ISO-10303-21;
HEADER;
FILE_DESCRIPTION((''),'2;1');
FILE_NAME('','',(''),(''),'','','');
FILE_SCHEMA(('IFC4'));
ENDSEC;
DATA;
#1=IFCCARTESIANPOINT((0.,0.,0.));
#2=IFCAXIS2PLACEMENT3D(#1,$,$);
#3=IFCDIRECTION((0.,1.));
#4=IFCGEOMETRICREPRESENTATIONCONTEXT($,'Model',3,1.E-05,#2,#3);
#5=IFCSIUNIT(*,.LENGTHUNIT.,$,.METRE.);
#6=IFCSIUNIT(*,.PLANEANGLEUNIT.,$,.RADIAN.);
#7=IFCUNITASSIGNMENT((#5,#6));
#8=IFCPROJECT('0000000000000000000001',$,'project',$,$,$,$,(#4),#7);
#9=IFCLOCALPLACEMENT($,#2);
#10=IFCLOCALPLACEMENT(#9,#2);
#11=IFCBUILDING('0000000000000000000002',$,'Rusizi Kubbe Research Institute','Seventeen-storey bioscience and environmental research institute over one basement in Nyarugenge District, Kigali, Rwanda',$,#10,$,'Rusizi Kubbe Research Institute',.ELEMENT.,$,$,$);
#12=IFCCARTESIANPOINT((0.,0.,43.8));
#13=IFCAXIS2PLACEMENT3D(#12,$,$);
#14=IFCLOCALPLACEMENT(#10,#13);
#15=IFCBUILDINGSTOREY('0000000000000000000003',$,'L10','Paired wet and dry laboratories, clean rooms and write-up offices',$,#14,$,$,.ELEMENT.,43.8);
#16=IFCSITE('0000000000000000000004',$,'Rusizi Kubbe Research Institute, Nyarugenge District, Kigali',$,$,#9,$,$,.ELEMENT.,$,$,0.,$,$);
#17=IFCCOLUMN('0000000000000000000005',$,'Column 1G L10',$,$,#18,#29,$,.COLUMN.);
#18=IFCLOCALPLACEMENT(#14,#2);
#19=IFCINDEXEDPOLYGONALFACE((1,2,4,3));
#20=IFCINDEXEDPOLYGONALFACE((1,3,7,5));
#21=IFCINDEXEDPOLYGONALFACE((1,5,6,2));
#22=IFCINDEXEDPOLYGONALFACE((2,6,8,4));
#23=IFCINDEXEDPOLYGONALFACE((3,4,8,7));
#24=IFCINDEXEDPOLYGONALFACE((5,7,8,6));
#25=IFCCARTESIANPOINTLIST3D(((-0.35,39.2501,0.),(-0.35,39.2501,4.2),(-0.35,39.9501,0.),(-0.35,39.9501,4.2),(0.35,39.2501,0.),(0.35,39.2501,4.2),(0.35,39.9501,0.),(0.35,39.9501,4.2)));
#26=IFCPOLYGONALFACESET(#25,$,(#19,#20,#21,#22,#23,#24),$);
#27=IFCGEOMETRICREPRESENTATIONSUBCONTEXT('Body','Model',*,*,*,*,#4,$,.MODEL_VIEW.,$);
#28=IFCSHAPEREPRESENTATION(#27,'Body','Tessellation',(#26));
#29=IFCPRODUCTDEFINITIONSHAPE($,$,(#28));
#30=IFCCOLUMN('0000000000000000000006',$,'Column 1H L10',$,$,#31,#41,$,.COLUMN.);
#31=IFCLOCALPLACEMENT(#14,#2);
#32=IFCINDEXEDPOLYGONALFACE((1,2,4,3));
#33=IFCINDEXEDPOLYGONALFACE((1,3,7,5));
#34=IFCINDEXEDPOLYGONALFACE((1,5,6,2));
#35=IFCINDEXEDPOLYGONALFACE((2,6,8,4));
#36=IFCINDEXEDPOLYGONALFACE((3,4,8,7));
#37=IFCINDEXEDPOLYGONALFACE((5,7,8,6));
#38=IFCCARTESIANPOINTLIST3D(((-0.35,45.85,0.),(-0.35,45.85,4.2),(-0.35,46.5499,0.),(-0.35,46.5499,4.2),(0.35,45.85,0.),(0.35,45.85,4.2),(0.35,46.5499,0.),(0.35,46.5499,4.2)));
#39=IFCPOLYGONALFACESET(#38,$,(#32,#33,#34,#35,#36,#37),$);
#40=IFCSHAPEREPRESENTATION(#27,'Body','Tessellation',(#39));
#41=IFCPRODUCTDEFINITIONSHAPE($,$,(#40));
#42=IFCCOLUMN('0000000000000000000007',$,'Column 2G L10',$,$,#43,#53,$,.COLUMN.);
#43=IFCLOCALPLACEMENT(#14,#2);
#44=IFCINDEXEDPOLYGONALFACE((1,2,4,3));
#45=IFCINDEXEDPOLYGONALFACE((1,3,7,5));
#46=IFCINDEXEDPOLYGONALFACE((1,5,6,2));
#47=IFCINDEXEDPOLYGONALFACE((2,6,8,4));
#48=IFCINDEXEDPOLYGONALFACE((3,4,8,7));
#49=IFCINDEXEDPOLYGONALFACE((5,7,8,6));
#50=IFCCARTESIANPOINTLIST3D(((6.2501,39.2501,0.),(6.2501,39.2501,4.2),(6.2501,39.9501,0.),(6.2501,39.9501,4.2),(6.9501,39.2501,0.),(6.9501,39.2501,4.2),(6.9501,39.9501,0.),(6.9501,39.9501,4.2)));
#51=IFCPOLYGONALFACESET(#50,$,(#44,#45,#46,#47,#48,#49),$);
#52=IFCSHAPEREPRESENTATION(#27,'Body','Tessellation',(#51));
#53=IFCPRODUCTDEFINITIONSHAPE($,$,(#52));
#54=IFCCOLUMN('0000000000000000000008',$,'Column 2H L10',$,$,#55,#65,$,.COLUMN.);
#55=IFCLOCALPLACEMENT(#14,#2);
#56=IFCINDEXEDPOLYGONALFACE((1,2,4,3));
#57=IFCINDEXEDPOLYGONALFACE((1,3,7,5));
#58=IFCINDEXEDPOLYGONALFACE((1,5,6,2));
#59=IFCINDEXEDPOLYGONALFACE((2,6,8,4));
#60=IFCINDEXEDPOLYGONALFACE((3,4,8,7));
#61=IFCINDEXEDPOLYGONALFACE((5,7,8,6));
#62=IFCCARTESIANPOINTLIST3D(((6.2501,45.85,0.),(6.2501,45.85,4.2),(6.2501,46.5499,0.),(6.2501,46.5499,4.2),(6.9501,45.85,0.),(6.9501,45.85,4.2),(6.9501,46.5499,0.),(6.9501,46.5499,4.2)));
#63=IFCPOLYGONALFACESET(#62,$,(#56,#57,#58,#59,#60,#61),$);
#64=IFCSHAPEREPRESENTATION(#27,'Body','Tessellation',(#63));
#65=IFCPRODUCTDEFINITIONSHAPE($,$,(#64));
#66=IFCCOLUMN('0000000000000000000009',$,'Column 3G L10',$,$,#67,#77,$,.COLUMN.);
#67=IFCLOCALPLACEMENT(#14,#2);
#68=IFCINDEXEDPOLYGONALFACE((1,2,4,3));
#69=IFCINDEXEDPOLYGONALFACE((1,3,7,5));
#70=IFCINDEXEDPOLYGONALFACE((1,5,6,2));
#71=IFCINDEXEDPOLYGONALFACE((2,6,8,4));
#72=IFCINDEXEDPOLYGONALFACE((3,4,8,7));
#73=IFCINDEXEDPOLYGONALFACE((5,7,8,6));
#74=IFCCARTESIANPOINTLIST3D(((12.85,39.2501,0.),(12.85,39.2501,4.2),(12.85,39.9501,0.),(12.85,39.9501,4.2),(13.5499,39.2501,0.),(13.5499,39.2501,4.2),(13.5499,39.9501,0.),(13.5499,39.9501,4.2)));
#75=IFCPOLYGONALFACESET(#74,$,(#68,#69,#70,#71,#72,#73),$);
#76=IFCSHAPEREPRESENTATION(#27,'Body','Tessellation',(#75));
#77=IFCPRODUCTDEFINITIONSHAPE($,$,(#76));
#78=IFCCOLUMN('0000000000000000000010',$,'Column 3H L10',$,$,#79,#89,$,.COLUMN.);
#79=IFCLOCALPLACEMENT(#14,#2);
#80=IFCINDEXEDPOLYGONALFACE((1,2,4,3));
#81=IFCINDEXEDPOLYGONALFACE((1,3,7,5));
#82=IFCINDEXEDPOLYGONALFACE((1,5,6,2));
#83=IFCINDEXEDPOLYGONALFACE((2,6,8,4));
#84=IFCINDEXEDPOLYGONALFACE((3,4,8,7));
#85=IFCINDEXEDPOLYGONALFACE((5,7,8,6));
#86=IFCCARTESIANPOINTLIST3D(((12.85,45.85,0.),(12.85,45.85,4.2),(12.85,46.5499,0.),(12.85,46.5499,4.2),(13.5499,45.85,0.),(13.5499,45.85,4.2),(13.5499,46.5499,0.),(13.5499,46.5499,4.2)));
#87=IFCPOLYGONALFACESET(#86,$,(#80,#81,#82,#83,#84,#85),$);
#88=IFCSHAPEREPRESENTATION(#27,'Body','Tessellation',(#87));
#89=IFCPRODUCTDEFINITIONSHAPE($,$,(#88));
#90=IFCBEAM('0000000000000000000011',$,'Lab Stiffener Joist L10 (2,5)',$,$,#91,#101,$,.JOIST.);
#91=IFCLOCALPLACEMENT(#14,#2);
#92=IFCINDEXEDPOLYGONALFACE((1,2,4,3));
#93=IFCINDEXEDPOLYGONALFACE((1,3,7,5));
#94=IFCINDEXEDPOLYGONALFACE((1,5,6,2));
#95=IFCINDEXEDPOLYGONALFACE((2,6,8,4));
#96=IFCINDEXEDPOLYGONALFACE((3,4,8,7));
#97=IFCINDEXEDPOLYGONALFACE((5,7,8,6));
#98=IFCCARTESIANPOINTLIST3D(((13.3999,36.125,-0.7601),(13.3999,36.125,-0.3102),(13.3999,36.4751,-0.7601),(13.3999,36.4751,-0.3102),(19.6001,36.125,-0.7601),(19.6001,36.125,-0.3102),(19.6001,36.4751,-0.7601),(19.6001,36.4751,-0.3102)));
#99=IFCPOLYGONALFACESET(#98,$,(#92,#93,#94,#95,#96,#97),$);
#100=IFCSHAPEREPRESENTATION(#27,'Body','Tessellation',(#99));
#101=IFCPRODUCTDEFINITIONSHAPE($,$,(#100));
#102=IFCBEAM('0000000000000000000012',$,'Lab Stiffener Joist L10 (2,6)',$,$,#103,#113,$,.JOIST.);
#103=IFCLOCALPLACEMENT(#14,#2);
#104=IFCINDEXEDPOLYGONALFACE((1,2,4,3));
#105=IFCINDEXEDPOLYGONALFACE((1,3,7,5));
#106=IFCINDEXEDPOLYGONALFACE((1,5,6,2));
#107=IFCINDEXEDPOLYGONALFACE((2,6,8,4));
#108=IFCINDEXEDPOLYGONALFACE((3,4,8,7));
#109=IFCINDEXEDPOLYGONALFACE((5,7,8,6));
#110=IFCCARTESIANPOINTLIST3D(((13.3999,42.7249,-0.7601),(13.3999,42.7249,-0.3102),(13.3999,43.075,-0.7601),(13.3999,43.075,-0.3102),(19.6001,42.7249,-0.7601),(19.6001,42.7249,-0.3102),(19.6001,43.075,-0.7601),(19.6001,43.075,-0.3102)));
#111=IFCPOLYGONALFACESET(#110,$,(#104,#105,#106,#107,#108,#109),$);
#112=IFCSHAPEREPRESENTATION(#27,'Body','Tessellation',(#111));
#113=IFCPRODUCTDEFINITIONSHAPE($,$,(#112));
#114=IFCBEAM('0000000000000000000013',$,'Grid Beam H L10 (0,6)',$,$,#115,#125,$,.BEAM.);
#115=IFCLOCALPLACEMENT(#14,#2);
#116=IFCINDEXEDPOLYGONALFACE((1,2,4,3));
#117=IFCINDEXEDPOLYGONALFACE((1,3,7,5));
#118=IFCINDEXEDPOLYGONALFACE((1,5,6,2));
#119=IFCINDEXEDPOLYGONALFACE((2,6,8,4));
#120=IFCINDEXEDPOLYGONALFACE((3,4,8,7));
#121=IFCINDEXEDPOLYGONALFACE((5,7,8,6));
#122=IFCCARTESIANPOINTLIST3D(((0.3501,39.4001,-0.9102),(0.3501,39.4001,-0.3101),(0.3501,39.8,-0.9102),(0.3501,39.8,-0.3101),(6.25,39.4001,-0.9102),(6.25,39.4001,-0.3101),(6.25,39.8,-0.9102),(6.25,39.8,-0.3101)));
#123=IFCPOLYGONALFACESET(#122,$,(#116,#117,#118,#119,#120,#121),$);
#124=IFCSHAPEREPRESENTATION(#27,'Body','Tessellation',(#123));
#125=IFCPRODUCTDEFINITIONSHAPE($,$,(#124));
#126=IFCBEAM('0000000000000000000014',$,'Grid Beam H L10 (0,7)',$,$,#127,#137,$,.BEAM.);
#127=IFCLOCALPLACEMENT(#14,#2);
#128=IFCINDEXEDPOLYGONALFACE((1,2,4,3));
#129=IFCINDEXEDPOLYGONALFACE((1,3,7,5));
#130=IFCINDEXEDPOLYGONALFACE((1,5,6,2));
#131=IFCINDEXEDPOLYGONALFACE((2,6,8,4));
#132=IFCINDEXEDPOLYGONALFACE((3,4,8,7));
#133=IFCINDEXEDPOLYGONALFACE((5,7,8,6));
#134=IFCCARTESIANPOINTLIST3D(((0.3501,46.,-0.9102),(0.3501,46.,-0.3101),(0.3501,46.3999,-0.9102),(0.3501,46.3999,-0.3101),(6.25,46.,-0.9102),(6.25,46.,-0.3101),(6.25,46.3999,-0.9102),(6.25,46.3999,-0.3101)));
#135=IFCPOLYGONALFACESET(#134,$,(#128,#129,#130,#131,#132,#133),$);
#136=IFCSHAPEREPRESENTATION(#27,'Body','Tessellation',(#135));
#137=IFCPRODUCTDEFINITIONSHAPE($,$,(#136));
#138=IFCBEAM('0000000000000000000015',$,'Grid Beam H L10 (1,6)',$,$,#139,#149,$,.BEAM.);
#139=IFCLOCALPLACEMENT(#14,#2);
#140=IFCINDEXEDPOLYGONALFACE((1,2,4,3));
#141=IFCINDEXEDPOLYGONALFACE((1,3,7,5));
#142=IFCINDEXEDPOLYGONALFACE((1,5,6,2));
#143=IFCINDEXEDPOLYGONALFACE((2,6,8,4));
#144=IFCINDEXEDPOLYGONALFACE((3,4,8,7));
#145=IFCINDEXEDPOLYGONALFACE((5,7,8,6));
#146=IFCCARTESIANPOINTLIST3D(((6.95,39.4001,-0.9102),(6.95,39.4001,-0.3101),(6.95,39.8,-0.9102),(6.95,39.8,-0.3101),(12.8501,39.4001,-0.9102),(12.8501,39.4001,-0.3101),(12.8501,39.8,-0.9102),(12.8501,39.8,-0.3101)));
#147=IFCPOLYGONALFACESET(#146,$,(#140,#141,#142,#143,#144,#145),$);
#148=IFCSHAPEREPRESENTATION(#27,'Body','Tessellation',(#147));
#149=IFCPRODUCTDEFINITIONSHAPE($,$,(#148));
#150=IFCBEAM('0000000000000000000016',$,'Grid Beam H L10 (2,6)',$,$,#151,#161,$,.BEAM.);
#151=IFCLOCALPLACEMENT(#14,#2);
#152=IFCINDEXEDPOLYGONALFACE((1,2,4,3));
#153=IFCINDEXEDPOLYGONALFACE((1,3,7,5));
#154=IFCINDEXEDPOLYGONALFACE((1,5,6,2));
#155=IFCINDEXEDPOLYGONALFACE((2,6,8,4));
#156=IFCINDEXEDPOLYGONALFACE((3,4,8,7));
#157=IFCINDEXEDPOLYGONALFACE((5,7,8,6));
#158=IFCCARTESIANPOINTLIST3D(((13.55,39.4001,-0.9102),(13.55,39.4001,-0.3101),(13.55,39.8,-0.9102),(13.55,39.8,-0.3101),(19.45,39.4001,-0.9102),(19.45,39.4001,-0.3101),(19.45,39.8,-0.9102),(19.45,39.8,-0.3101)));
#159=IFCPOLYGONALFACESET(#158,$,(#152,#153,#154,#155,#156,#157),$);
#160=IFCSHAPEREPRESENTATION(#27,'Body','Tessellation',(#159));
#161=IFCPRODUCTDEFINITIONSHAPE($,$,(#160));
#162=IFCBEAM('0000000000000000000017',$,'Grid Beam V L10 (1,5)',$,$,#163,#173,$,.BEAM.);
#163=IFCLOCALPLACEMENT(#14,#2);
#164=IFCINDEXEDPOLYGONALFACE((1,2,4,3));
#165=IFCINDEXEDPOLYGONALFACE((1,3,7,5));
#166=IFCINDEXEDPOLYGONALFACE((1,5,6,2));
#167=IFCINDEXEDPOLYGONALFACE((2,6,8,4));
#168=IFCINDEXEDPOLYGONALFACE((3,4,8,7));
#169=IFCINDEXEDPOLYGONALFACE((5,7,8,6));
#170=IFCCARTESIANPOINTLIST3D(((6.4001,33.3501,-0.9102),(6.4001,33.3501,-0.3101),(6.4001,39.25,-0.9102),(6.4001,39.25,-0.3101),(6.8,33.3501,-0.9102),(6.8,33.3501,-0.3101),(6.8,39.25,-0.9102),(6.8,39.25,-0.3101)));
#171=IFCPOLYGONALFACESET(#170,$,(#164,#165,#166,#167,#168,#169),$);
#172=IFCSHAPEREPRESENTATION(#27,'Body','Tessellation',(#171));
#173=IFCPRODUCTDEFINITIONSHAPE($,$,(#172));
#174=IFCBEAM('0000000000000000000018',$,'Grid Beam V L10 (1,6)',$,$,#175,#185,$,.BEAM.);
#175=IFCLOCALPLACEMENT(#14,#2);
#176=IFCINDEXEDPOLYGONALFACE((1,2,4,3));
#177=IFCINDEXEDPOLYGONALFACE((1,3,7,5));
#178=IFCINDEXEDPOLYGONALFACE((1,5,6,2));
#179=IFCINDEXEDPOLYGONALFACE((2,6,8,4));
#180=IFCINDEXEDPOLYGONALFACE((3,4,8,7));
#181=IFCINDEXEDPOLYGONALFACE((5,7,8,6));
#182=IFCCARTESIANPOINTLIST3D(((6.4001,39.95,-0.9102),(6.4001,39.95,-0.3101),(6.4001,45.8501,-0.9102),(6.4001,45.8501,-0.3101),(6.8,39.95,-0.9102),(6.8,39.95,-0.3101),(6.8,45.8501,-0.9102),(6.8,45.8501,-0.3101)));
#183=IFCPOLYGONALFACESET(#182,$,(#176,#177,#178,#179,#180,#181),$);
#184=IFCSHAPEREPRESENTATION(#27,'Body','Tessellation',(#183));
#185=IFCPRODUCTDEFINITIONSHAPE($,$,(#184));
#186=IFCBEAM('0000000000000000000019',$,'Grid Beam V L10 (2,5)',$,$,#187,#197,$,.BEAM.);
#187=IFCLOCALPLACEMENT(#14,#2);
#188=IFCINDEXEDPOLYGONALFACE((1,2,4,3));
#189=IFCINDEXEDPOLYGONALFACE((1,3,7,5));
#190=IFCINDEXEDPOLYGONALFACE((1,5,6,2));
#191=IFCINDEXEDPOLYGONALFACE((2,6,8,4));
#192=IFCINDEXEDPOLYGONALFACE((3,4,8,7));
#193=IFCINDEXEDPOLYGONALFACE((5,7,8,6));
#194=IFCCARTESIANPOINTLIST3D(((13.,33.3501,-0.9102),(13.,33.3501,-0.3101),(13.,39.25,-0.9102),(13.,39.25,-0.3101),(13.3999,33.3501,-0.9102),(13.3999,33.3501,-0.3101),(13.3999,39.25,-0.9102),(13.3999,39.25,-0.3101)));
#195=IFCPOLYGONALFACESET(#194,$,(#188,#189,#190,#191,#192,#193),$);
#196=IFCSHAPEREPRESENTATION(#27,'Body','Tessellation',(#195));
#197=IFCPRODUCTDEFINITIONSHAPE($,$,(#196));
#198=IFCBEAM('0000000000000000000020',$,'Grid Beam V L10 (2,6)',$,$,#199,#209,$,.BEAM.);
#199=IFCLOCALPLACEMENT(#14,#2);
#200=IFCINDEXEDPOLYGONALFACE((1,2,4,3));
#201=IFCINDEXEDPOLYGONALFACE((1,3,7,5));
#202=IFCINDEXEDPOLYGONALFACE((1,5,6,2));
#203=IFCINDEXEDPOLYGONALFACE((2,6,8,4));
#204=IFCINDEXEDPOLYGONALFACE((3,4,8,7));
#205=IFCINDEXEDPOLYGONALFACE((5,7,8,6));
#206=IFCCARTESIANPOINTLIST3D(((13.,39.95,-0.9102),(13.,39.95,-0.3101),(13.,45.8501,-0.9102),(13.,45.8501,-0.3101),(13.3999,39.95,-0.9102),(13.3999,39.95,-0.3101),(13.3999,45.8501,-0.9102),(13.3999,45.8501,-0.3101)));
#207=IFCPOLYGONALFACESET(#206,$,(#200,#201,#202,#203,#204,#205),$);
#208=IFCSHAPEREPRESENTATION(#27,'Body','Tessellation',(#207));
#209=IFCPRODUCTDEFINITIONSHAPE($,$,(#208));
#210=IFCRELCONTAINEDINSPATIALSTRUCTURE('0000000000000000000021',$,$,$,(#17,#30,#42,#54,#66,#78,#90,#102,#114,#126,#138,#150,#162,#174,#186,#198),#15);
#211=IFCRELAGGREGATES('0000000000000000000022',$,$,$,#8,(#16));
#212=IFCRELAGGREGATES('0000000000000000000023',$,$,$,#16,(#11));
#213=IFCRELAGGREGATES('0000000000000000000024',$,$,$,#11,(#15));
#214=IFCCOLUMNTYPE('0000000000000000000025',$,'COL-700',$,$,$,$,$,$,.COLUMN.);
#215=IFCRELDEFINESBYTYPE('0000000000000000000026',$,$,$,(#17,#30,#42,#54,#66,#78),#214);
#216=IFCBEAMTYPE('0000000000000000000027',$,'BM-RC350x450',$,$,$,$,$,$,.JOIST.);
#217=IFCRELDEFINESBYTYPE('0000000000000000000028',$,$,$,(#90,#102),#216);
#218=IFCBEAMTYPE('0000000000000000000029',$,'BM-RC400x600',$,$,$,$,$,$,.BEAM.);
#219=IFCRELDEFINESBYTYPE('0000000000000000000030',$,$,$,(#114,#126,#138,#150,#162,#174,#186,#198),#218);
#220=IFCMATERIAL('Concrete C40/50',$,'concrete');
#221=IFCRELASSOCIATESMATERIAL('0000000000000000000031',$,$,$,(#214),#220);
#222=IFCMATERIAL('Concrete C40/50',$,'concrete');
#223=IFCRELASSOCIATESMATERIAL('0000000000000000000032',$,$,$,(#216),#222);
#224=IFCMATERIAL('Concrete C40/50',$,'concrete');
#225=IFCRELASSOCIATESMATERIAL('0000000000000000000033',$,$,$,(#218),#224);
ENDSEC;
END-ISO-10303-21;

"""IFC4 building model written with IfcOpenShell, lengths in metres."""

from ifc_helpers import new_model, si_unit, direction, frame, origin, origin_2d, place, context, subcontext, project, spatial, rectangle, extrude, material, material_profile, profile_set, type_object, element, save


model = new_model("IFC4")

# Units and contexts
model_context = context("Model", 3, precision=1e-05, world=origin(), true_north=direction((0.0, 1.0)))
body_context = subcontext(model_context, "Body", "Model", "MODEL_VIEW")
ifc_project = project(units=[si_unit("LENGTHUNIT", "METRE"), si_unit("PLANEANGLEUNIT", "RADIAN")], contexts=[model_context])

# Site, building, storey
site_placement = place(None, origin())
site = spatial("IfcSite", under=ifc_project, at=site_placement, Name="Rusizi Kubbe Research Institute, Nyarugenge District, Kigali", CompositionType="ELEMENT", RefElevation=0.0)
building_placement = place(site_placement, origin())
building = spatial("IfcBuilding", under=site, at=building_placement, Name="Rusizi Kubbe Research Institute", Description="Seventeen-storey bioscience and environmental research institute over one basement in Nyarugenge District, Kigali, Rwanda", LongName="Rusizi Kubbe Research Institute", CompositionType="ELEMENT")
storey_placement = place(building_placement, frame((0.0, 0.0, 43.8)))
storey = spatial("IfcBuildingStorey", under=building, at=storey_placement, Name="L10", Description="Paired wet and dry laboratories, clean rooms and write-up offices", CompositionType="ELEMENT", Elevation=43.8)

# Columns
ifc_material_1 = material(Name="Concrete C40/50", Category="concrete")
ifc_material_profile_1 = material_profile(ifc_material_1, rectangle(XDim=0.7, YDim=0.7, at=origin_2d()), Name="RC700x700")
ifc_profile_set_1 = profile_set([ifc_material_profile_1], Name="Concrete C40/50")
column_type = type_object("IfcColumnType", Name="COL-700", PredefinedType="COLUMN", material=ifc_profile_set_1)
for number, where, z_axis, x_axis, name in (
    (1, (0.0, 39.6001, 0.0), (0.0, 0.0, 1.0), (1.0, 0.0, 0.0), "Column 1G L10"),
    (2, (0.0, 46.2, 0.0), (0.0, 0.0, 1.0), (1.0, 0.0, 0.0), "Column 1H L10"),
    (3, (6.6001, 39.6001, 0.0), (0.0, 0.0, 1.0), (1.0, 0.0, 0.0), "Column 2G L10"),
    (4, (6.6001, 46.2, 0.0), (0.0, 0.0, 1.0), (1.0, 0.0, 0.0), "Column 2H L10"),
    (5, (13.2, 39.6001, 0.0), (0.0, 0.0, 1.0), (1.0, 0.0, 0.0), "Column 3G L10"),
    (6, (13.2, 46.2, 0.0), (0.0, 0.0, 1.0), (1.0, 0.0, 0.0), "Column 3H L10"),
):
    element("IfcColumn", number, at=place(storey_placement, frame(where, z_axis=z_axis, x_axis=x_axis)), inside=storey, type_object=column_type, Name=name, PredefinedType="COLUMN", context=body_context, shape_type="SweptSolid", body=[
        extrude(rectangle(XDim=0.7, YDim=0.7, at=origin_2d()), origin(), (0.0, 0.0, 1.0), 4.2),
    ])

# Beams
ifc_material_2 = material(Name="Concrete C40/50", Category="concrete")
ifc_material_profile_2 = material_profile(ifc_material_2, rectangle(XDim=0.3501, YDim=0.45, at=origin_2d()), Name="RC350x450")
ifc_profile_set_2 = profile_set([ifc_material_profile_2], Name="Concrete C40/50")
beam_type_1 = type_object("IfcBeamType", Name="BM-RC350x450", PredefinedType="JOIST", material=ifc_profile_set_2)
for number, where, z_axis, x_axis, name in (
    (7, (13.3999, 36.3, -0.5352), (1.0, 0.0, 0.0), (0.0, 1.0, 0.0), "Lab Stiffener Joist L10 (2,5)"),
    (8, (13.3999, 42.8999, -0.5352), (1.0, 0.0, 0.0), (0.0, 1.0, 0.0), "Lab Stiffener Joist L10 (2,6)"),
):
    element("IfcBeam", number, at=place(storey_placement, frame(where, z_axis=z_axis, x_axis=x_axis)), inside=storey, type_object=beam_type_1, Name=name, PredefinedType="JOIST", context=body_context, shape_type="SweptSolid", body=[
        extrude(rectangle(XDim=0.3501, YDim=0.45, at=origin_2d()), origin(), (0.0, 0.0, 1.0), 6.2002),
    ])
ifc_material_3 = material(Name="Concrete C40/50", Category="concrete")
ifc_material_profile_3 = material_profile(ifc_material_3, rectangle(XDim=0.3999, YDim=0.6001, at=origin_2d()), Name="RC400x600")
ifc_profile_set_3 = profile_set([ifc_material_profile_3], Name="Concrete C40/50")
beam_type_2 = type_object("IfcBeamType", Name="BM-RC400x600", PredefinedType="BEAM", material=ifc_profile_set_3)
for number, where, z_axis, x_axis, name in (
    (9, (0.3501, 39.6001, -0.6101), (1.0, 0.0, 0.0), (0.0, 1.0, 0.0), "Grid Beam H L10 (0,6)"),
    (10, (0.3501, 46.2, -0.6101), (1.0, 0.0, 0.0), (0.0, 1.0, 0.0), "Grid Beam H L10 (0,7)"),
):
    element("IfcBeam", number, at=place(storey_placement, frame(where, z_axis=z_axis, x_axis=x_axis)), inside=storey, type_object=beam_type_2, Name=name, PredefinedType="BEAM", context=body_context, shape_type="SweptSolid", body=[
        extrude(rectangle(XDim=0.3999, YDim=0.6001, at=origin_2d()), origin(), (0.0, 0.0, 1.0), 5.8999),
    ])
beam_1_placement = place(storey_placement, frame((6.95, 39.6001, -0.6101), z_axis=(1.0, 0.0, 0.0), x_axis=(0.0, 1.0, 0.0)))
element("IfcBeam", 11, at=beam_1_placement, inside=storey, type_object=beam_type_2, Name="Grid Beam H L10 (1,6)", PredefinedType="BEAM", context=body_context, shape_type="SweptSolid", body=[
    extrude(rectangle(XDim=0.3999, YDim=0.6001, at=origin_2d()), origin(), (0.0, 0.0, 1.0), 5.9001),
])
for number, where, z_axis, x_axis, name in (
    (12, (13.55, 39.6001, -0.6101), (1.0, 0.0, 0.0), (0.0, 1.0, 0.0), "Grid Beam H L10 (2,6)"),
    (13, (6.6001, 33.3501, -0.6101), (0.0, 1.0, 0.0), (-1.0, 0.0, 0.0), "Grid Beam V L10 (1,5)"),
):
    element("IfcBeam", number, at=place(storey_placement, frame(where, z_axis=z_axis, x_axis=x_axis)), inside=storey, type_object=beam_type_2, Name=name, PredefinedType="BEAM", context=body_context, shape_type="SweptSolid", body=[
        extrude(rectangle(XDim=0.3999, YDim=0.6001, at=origin_2d()), origin(), (0.0, 0.0, 1.0), 5.8999),
    ])
beam_2_placement = place(storey_placement, frame((6.6001, 39.95, -0.6101), z_axis=(0.0, 1.0, 0.0), x_axis=(-1.0, 0.0, 0.0)))
element("IfcBeam", 14, at=beam_2_placement, inside=storey, type_object=beam_type_2, Name="Grid Beam V L10 (1,6)", PredefinedType="BEAM", context=body_context, shape_type="SweptSolid", body=[
    extrude(rectangle(XDim=0.3999, YDim=0.6001, at=origin_2d()), origin(), (0.0, 0.0, 1.0), 5.9001),
])
beam_3_placement = place(storey_placement, frame((13.2, 33.3501, -0.6101), z_axis=(0.0, 1.0, 0.0), x_axis=(-1.0, 0.0, 0.0)))
element("IfcBeam", 15, at=beam_3_placement, inside=storey, type_object=beam_type_2, Name="Grid Beam V L10 (2,5)", PredefinedType="BEAM", context=body_context, shape_type="SweptSolid", body=[
    extrude(rectangle(XDim=0.3999, YDim=0.6001, at=origin_2d()), origin(), (0.0, 0.0, 1.0), 5.8999),
])
beam_4_placement = place(storey_placement, frame((13.2, 39.95, -0.6101), z_axis=(0.0, 1.0, 0.0), x_axis=(-1.0, 0.0, 0.0)))
element("IfcBeam", 16, at=beam_4_placement, inside=storey, type_object=beam_type_2, Name="Grid Beam V L10 (2,6)", PredefinedType="BEAM", context=body_context, shape_type="SweptSolid", body=[
    extrude(rectangle(XDim=0.3999, YDim=0.6001, at=origin_2d()), origin(), (0.0, 0.0, 1.0), 5.9001),
])

save(model, "model.ifc")
